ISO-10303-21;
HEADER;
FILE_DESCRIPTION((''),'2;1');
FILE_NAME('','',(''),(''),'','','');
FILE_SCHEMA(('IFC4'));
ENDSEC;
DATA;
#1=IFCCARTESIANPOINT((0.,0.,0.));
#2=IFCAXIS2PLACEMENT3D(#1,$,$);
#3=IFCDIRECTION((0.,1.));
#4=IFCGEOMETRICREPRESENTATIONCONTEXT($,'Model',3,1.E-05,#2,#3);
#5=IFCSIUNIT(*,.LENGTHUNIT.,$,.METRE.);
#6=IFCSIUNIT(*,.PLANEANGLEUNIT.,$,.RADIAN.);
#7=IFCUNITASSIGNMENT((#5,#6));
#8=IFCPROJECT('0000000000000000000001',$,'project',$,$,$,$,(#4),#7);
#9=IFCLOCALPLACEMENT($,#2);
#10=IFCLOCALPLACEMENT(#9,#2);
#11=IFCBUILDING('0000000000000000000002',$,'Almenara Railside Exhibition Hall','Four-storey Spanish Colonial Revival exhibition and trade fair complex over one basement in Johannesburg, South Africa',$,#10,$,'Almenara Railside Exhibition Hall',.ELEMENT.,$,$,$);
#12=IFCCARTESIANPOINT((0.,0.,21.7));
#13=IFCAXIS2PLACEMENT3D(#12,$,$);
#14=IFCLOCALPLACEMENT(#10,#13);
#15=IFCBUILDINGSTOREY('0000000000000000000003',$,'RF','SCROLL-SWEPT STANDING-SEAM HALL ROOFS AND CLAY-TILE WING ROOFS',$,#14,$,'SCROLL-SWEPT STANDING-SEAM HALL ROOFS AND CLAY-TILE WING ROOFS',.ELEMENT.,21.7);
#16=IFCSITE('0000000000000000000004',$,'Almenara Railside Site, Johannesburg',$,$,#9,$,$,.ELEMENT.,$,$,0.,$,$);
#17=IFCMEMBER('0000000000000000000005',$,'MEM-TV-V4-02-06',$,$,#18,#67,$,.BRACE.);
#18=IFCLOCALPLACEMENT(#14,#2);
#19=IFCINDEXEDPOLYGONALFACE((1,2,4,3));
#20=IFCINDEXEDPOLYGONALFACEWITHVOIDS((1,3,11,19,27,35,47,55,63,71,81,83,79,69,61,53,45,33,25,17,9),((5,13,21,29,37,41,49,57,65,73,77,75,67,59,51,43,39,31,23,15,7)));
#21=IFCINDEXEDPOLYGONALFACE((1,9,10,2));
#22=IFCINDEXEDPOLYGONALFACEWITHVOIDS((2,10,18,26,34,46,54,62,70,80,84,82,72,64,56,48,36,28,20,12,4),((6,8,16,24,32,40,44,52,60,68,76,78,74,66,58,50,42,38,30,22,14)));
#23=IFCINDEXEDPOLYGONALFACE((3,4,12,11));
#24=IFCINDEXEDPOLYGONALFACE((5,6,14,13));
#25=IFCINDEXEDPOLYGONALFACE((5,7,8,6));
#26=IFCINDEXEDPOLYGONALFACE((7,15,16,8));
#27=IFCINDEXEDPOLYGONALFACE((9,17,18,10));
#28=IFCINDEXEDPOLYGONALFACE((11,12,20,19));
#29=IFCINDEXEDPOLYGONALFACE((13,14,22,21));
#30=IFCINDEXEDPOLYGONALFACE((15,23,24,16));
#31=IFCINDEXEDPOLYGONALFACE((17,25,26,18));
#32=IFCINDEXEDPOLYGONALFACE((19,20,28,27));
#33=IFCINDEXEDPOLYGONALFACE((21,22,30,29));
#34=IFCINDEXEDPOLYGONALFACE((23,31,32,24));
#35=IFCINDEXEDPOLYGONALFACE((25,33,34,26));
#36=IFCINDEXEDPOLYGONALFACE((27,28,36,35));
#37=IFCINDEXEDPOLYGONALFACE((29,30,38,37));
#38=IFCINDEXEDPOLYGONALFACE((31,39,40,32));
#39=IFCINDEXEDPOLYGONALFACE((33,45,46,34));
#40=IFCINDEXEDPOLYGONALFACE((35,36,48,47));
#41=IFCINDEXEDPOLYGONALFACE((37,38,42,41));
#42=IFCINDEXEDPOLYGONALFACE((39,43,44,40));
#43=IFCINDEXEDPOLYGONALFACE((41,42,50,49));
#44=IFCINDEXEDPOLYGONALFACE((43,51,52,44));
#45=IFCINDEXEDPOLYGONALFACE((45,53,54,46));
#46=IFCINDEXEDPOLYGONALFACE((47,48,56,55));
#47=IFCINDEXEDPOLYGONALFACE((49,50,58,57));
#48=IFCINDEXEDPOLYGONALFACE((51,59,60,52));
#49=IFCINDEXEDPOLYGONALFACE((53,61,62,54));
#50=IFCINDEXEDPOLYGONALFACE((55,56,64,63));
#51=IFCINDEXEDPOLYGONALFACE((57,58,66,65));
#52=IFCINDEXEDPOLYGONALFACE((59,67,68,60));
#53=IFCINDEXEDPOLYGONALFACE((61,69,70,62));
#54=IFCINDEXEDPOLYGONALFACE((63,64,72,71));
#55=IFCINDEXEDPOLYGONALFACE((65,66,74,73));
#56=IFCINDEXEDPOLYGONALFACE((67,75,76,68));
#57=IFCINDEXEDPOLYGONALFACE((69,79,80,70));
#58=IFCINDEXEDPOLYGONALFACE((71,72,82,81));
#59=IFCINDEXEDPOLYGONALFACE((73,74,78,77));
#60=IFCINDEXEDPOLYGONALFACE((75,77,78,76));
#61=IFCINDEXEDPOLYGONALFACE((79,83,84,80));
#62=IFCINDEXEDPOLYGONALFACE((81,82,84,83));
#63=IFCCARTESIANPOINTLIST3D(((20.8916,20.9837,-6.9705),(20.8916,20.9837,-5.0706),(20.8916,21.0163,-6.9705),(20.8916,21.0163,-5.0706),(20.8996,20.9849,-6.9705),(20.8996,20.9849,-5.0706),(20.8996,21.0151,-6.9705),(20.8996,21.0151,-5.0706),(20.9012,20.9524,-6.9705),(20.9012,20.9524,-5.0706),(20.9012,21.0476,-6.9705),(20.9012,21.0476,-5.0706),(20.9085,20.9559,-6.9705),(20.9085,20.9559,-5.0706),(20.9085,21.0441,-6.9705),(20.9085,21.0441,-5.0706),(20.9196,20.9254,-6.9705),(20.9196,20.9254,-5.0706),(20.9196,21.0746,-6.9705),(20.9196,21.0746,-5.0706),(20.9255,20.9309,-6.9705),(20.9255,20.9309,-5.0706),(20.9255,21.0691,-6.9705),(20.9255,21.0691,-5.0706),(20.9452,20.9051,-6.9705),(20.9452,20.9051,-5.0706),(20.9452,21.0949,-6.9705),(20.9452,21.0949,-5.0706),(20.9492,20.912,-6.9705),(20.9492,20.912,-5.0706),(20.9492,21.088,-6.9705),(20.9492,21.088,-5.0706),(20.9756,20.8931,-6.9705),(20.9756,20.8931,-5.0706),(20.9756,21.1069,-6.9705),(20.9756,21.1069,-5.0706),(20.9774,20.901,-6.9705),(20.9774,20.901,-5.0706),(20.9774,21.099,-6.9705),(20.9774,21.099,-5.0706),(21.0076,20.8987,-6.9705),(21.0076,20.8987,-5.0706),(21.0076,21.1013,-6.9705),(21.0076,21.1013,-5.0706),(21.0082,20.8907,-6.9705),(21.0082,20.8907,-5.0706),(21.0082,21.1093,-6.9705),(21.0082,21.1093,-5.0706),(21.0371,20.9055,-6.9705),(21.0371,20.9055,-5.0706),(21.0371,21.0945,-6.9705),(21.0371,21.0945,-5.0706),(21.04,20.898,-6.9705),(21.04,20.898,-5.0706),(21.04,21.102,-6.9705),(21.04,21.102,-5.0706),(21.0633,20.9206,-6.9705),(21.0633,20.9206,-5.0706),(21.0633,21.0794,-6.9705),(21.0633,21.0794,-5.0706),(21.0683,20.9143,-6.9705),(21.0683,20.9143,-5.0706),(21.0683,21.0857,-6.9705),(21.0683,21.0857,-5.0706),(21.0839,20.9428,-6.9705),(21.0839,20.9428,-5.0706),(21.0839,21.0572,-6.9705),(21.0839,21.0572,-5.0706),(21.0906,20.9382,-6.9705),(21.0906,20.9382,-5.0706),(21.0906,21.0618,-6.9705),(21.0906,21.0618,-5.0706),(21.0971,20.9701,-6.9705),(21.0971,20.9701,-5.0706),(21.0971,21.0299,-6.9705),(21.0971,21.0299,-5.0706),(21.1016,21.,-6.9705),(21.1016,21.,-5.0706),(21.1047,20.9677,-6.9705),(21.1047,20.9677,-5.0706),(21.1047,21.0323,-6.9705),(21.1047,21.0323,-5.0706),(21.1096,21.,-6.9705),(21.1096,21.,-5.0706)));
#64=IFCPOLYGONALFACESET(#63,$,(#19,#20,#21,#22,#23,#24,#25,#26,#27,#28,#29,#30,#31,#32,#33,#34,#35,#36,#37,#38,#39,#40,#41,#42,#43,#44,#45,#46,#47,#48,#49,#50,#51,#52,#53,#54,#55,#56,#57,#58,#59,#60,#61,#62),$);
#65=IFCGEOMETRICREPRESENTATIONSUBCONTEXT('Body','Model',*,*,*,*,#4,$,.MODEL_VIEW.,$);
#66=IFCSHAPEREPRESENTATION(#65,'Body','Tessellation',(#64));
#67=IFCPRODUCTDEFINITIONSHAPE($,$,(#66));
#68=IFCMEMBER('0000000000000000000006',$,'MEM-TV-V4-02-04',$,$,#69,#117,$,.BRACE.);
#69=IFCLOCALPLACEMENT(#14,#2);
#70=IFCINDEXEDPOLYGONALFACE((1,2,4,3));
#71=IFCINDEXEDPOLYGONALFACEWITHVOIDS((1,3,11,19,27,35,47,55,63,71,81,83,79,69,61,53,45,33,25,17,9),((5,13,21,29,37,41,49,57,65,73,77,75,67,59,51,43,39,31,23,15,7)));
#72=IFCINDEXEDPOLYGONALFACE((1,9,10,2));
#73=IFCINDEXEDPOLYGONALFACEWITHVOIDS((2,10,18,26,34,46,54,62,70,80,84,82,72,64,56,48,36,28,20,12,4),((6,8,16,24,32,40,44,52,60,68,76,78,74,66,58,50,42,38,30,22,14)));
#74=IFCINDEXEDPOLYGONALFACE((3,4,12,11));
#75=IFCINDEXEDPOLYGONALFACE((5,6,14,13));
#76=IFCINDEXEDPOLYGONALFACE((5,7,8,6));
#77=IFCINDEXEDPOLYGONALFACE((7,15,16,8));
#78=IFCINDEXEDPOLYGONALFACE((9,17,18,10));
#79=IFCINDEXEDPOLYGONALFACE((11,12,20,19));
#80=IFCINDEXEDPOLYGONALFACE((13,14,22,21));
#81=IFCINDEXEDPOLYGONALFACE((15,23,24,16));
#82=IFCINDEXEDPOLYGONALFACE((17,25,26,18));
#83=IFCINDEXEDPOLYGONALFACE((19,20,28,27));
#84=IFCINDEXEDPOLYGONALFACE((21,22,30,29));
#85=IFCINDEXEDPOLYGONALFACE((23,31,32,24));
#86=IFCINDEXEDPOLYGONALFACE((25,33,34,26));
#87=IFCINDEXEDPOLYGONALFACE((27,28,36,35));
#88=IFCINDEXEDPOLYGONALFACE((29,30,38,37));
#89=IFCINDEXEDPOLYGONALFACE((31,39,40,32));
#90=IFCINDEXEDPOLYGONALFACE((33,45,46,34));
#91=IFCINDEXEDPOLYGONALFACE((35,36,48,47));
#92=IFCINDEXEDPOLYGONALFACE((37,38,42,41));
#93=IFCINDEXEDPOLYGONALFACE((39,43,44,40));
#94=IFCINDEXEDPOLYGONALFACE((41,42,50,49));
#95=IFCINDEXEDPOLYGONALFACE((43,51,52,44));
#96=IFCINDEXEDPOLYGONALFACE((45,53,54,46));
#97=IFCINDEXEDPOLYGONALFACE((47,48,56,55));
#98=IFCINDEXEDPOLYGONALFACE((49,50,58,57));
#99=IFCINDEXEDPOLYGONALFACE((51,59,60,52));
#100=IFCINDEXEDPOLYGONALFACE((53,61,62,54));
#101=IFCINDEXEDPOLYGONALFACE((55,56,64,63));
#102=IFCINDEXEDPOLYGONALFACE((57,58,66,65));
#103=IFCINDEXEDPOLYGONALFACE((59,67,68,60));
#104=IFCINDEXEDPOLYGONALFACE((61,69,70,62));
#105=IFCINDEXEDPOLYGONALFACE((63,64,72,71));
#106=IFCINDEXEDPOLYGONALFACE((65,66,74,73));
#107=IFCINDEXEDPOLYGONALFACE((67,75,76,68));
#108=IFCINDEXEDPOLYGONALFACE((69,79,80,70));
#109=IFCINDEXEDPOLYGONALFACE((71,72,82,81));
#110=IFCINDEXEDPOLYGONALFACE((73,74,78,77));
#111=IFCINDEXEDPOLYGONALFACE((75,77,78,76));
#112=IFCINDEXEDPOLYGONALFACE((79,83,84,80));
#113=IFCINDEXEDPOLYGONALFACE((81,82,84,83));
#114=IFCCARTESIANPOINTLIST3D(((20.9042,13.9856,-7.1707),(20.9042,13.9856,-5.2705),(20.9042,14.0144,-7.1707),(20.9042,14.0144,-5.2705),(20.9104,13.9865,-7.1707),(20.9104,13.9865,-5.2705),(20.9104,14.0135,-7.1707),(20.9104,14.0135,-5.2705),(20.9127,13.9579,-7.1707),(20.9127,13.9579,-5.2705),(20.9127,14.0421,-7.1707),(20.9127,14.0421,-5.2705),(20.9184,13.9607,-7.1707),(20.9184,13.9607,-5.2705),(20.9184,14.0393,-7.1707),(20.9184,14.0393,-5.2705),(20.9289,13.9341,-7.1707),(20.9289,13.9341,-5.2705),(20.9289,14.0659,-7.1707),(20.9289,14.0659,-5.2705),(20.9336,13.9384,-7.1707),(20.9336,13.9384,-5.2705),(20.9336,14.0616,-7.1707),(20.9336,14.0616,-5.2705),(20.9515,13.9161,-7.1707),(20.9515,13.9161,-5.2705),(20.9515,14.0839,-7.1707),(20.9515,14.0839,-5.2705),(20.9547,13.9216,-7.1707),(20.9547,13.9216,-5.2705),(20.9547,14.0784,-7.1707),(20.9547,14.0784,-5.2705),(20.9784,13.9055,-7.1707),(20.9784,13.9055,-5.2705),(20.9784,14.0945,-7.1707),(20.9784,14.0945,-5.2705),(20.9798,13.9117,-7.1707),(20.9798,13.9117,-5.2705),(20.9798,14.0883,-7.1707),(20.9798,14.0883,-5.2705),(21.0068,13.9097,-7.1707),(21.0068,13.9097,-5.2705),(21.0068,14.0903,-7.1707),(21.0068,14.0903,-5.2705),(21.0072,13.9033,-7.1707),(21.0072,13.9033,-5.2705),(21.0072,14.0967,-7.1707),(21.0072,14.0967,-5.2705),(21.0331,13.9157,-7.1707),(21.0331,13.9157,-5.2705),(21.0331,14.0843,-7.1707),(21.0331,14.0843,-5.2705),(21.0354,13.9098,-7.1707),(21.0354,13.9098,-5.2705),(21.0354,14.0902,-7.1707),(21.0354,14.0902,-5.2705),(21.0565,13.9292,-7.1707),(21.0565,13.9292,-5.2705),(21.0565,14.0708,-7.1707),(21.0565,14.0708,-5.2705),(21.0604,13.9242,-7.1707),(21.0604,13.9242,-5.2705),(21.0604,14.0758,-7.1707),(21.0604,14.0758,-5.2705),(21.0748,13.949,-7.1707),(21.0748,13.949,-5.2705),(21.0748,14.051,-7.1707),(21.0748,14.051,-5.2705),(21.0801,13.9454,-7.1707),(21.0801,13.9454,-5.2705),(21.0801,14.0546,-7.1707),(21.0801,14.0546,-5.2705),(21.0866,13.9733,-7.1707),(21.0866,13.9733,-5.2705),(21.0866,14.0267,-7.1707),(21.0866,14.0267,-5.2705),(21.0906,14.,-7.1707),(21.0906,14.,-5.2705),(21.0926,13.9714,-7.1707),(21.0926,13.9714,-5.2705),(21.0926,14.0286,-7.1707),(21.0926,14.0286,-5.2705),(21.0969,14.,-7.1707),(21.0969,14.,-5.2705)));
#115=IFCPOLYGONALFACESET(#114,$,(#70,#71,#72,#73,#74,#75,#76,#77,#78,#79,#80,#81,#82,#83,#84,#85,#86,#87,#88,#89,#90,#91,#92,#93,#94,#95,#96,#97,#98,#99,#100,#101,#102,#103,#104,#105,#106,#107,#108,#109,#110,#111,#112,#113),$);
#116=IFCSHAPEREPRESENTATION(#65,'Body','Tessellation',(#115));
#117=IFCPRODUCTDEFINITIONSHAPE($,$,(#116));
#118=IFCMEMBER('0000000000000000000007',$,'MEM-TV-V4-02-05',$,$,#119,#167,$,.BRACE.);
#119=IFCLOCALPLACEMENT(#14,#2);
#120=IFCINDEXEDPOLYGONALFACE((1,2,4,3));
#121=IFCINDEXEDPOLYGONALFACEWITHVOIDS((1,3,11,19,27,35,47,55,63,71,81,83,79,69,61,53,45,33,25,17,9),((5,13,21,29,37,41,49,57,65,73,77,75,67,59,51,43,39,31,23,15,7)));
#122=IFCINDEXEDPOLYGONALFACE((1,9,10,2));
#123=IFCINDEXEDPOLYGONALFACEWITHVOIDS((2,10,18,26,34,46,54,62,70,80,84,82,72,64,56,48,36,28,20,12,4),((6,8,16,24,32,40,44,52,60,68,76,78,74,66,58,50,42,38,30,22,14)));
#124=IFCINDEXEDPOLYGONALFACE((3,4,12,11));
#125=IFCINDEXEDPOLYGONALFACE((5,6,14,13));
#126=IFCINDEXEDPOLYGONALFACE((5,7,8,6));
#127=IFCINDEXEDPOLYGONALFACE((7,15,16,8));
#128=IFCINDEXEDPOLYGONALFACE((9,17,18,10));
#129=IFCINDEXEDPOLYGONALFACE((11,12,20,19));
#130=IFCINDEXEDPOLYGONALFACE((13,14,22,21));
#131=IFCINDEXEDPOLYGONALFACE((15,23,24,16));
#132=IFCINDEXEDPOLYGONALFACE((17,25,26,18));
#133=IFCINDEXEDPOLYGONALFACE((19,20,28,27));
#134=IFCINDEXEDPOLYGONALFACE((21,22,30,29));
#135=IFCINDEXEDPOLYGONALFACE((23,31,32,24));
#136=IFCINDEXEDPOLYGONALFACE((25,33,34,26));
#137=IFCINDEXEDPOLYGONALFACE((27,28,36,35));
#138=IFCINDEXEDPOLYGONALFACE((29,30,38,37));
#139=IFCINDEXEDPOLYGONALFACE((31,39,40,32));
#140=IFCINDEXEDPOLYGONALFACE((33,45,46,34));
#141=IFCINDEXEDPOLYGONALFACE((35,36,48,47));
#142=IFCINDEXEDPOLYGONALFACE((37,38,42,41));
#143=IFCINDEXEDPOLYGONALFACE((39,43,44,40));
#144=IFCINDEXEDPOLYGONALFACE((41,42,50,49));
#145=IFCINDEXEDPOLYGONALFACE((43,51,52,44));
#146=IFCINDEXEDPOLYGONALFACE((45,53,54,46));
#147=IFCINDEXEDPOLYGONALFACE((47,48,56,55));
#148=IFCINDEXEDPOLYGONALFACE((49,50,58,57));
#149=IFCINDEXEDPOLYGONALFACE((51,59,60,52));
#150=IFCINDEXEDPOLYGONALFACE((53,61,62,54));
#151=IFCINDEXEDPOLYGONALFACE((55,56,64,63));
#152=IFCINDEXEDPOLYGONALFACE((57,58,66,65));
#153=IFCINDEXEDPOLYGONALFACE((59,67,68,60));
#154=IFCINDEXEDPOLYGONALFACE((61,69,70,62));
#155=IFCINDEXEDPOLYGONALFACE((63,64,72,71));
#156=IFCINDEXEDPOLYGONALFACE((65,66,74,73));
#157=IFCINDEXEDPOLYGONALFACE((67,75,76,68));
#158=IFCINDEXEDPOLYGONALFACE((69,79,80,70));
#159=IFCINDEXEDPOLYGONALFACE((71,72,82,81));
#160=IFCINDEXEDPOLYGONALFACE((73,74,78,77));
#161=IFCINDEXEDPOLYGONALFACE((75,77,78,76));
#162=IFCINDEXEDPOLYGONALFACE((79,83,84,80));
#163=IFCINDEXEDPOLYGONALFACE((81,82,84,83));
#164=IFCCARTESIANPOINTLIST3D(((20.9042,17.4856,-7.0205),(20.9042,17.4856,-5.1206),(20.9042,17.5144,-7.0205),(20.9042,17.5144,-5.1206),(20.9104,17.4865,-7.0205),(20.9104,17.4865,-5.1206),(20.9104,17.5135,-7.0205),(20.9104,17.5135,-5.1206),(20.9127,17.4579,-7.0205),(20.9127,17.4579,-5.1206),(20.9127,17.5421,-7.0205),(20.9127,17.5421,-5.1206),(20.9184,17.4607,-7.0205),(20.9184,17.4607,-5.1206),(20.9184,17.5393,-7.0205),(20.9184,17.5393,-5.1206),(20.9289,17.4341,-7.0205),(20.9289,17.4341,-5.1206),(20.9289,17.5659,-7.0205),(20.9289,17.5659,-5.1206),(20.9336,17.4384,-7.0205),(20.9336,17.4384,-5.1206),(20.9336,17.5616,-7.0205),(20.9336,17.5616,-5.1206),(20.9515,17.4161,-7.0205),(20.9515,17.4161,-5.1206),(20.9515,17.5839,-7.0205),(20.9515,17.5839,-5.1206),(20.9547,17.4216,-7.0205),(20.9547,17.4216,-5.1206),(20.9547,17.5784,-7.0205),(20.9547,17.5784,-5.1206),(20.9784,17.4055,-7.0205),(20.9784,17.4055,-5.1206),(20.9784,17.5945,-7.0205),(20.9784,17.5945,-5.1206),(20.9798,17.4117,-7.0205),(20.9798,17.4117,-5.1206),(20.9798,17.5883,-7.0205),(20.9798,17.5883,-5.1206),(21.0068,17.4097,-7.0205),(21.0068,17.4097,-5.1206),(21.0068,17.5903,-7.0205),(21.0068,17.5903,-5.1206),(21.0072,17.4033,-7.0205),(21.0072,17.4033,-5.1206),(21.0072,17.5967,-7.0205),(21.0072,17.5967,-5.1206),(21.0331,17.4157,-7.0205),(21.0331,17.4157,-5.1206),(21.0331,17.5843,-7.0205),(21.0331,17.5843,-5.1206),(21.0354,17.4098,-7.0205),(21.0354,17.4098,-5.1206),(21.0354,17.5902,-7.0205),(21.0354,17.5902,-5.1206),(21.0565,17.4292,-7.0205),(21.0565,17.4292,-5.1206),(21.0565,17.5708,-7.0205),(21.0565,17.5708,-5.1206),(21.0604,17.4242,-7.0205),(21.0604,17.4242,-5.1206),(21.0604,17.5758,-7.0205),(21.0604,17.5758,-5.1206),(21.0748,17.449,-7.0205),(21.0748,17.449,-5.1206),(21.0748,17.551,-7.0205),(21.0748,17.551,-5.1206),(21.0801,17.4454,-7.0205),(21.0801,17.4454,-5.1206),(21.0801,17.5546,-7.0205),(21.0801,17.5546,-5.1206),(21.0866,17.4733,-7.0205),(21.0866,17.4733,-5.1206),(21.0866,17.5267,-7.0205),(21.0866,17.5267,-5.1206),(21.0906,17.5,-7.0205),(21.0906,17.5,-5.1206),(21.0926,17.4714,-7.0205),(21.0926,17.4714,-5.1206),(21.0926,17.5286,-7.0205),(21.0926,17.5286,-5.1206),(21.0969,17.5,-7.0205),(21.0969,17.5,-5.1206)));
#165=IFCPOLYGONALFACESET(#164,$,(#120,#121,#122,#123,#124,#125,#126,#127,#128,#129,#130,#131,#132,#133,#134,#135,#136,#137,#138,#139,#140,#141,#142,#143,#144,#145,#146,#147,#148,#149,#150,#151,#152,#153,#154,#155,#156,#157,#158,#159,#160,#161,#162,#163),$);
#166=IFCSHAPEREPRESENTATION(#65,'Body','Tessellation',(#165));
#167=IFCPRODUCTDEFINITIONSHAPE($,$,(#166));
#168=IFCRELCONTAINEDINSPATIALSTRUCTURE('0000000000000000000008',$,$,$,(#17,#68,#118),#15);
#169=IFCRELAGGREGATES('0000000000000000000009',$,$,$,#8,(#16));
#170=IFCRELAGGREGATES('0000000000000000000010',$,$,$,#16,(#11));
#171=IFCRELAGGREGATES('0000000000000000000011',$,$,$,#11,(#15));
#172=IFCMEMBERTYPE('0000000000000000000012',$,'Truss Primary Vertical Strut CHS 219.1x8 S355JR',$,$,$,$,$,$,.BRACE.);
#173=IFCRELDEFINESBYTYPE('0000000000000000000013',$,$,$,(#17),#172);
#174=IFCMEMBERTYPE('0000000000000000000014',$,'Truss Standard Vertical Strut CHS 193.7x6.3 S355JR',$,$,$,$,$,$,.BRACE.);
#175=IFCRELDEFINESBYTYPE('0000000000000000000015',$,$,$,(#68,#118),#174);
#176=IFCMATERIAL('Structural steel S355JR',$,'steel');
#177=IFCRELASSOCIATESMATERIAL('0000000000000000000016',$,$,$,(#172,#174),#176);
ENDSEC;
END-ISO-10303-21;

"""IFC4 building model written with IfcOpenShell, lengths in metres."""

from ifc_helpers import new_model, si_unit, direction, frame, origin, origin_2d, place, context, subcontext, project, spatial, hollow_circle, extrude, material, material_profile, profile_set, type_object, element, save


model = new_model("IFC4")

# Units and contexts
model_context = context("Model", 3, precision=1e-05, world=origin(), true_north=direction((0.0, 1.0)))
body_context = subcontext(model_context, "Body", "Model", "MODEL_VIEW")
ifc_project = project(units=[si_unit("LENGTHUNIT", "METRE"), si_unit("PLANEANGLEUNIT", "RADIAN")], contexts=[model_context])

# Site, building, storey
site_placement = place(None, origin())
site = spatial("IfcSite", under=ifc_project, at=site_placement, Name="Almenara Railside Site, Johannesburg", CompositionType="ELEMENT", RefElevation=0.0)
building_placement = place(site_placement, origin())
building = spatial("IfcBuilding", under=site, at=building_placement, Name="Almenara Railside Exhibition Hall", Description="Four-storey Spanish Colonial Revival exhibition and trade fair complex over one basement in Johannesburg, South Africa", LongName="Almenara Railside Exhibition Hall", CompositionType="ELEMENT")
storey_placement = place(building_placement, frame((0.0, 0.0, 21.7)))
storey = spatial("IfcBuildingStorey", under=building, at=storey_placement, Name="RF", Description="SCROLL-SWEPT STANDING-SEAM HALL ROOFS AND CLAY-TILE WING ROOFS", LongName="SCROLL-SWEPT STANDING-SEAM HALL ROOFS AND CLAY-TILE WING ROOFS", CompositionType="ELEMENT", Elevation=21.7)

# Members
ifc_material_1 = material(Name="Structural steel S355JR", Category="steel")
ifc_material_profile_1 = material_profile(ifc_material_1, hollow_circle(Radius=0.1096, WallThickness=0.0081, at=origin_2d()), Name="CHS 219.1x8")
ifc_profile_set_1 = profile_set([ifc_material_profile_1], Name="Structural steel S355JR")
member_type_1 = type_object("IfcMemberType", Name="Truss Primary Vertical Strut CHS 219.1x8 S355JR", PredefinedType="BRACE", material=ifc_profile_set_1)
member_1_placement = place(storey_placement, frame((21.0, 21.0, -6.9705), z_axis=(0.0, 0.0, 1.0), x_axis=(1.0, 0.0, 0.0)))
element("IfcMember", 1, at=member_1_placement, inside=storey, type_object=member_type_1, Name="MEM-TV-V4-02-06", PredefinedType="BRACE", context=body_context, shape_type="SweptSolid", body=[
    extrude(hollow_circle(Radius=0.1096, WallThickness=0.0081, at=origin_2d()), origin(), (0.0, 0.0, 1.0), 1.8999),
])
ifc_material_profile_2 = material_profile(ifc_material_1, hollow_circle(Radius=0.0969, WallThickness=0.0063, at=origin_2d()), Name="CHS 193.7x6.3")
ifc_profile_set_2 = profile_set([ifc_material_profile_2], Name="Structural steel S355JR")
member_type_2 = type_object("IfcMemberType", Name="Truss Standard Vertical Strut CHS 193.7x6.3 S355JR", PredefinedType="BRACE", material=ifc_profile_set_2)
member_2_placement = place(storey_placement, frame((21.0, 14.0, -7.1707), z_axis=(0.0, 0.0, 1.0), x_axis=(1.0, 0.0, 0.0)))
element("IfcMember", 2, at=member_2_placement, inside=storey, type_object=member_type_2, Name="MEM-TV-V4-02-04", PredefinedType="BRACE", context=body_context, shape_type="SweptSolid", body=[
    extrude(hollow_circle(Radius=0.0969, WallThickness=0.0063, at=origin_2d()), origin(), (0.0, 0.0, 1.0), 1.9001),
])
for number, where, z_axis, x_axis, name in (
    (3, (21.0, 17.5, -7.0205), (0.0, 0.0, 1.0), (1.0, 0.0, 0.0), "MEM-TV-V4-02-05"),
):
    element("IfcMember", number, at=place(storey_placement, frame(where, z_axis=z_axis, x_axis=x_axis)), inside=storey, type_object=member_type_2, Name=name, PredefinedType="BRACE", context=body_context, shape_type="SweptSolid", body=[
        extrude(hollow_circle(Radius=0.0969, WallThickness=0.0063, at=origin_2d()), origin(), (0.0, 0.0, 1.0), 1.8999),
    ])

save(model, "model.ifc")
